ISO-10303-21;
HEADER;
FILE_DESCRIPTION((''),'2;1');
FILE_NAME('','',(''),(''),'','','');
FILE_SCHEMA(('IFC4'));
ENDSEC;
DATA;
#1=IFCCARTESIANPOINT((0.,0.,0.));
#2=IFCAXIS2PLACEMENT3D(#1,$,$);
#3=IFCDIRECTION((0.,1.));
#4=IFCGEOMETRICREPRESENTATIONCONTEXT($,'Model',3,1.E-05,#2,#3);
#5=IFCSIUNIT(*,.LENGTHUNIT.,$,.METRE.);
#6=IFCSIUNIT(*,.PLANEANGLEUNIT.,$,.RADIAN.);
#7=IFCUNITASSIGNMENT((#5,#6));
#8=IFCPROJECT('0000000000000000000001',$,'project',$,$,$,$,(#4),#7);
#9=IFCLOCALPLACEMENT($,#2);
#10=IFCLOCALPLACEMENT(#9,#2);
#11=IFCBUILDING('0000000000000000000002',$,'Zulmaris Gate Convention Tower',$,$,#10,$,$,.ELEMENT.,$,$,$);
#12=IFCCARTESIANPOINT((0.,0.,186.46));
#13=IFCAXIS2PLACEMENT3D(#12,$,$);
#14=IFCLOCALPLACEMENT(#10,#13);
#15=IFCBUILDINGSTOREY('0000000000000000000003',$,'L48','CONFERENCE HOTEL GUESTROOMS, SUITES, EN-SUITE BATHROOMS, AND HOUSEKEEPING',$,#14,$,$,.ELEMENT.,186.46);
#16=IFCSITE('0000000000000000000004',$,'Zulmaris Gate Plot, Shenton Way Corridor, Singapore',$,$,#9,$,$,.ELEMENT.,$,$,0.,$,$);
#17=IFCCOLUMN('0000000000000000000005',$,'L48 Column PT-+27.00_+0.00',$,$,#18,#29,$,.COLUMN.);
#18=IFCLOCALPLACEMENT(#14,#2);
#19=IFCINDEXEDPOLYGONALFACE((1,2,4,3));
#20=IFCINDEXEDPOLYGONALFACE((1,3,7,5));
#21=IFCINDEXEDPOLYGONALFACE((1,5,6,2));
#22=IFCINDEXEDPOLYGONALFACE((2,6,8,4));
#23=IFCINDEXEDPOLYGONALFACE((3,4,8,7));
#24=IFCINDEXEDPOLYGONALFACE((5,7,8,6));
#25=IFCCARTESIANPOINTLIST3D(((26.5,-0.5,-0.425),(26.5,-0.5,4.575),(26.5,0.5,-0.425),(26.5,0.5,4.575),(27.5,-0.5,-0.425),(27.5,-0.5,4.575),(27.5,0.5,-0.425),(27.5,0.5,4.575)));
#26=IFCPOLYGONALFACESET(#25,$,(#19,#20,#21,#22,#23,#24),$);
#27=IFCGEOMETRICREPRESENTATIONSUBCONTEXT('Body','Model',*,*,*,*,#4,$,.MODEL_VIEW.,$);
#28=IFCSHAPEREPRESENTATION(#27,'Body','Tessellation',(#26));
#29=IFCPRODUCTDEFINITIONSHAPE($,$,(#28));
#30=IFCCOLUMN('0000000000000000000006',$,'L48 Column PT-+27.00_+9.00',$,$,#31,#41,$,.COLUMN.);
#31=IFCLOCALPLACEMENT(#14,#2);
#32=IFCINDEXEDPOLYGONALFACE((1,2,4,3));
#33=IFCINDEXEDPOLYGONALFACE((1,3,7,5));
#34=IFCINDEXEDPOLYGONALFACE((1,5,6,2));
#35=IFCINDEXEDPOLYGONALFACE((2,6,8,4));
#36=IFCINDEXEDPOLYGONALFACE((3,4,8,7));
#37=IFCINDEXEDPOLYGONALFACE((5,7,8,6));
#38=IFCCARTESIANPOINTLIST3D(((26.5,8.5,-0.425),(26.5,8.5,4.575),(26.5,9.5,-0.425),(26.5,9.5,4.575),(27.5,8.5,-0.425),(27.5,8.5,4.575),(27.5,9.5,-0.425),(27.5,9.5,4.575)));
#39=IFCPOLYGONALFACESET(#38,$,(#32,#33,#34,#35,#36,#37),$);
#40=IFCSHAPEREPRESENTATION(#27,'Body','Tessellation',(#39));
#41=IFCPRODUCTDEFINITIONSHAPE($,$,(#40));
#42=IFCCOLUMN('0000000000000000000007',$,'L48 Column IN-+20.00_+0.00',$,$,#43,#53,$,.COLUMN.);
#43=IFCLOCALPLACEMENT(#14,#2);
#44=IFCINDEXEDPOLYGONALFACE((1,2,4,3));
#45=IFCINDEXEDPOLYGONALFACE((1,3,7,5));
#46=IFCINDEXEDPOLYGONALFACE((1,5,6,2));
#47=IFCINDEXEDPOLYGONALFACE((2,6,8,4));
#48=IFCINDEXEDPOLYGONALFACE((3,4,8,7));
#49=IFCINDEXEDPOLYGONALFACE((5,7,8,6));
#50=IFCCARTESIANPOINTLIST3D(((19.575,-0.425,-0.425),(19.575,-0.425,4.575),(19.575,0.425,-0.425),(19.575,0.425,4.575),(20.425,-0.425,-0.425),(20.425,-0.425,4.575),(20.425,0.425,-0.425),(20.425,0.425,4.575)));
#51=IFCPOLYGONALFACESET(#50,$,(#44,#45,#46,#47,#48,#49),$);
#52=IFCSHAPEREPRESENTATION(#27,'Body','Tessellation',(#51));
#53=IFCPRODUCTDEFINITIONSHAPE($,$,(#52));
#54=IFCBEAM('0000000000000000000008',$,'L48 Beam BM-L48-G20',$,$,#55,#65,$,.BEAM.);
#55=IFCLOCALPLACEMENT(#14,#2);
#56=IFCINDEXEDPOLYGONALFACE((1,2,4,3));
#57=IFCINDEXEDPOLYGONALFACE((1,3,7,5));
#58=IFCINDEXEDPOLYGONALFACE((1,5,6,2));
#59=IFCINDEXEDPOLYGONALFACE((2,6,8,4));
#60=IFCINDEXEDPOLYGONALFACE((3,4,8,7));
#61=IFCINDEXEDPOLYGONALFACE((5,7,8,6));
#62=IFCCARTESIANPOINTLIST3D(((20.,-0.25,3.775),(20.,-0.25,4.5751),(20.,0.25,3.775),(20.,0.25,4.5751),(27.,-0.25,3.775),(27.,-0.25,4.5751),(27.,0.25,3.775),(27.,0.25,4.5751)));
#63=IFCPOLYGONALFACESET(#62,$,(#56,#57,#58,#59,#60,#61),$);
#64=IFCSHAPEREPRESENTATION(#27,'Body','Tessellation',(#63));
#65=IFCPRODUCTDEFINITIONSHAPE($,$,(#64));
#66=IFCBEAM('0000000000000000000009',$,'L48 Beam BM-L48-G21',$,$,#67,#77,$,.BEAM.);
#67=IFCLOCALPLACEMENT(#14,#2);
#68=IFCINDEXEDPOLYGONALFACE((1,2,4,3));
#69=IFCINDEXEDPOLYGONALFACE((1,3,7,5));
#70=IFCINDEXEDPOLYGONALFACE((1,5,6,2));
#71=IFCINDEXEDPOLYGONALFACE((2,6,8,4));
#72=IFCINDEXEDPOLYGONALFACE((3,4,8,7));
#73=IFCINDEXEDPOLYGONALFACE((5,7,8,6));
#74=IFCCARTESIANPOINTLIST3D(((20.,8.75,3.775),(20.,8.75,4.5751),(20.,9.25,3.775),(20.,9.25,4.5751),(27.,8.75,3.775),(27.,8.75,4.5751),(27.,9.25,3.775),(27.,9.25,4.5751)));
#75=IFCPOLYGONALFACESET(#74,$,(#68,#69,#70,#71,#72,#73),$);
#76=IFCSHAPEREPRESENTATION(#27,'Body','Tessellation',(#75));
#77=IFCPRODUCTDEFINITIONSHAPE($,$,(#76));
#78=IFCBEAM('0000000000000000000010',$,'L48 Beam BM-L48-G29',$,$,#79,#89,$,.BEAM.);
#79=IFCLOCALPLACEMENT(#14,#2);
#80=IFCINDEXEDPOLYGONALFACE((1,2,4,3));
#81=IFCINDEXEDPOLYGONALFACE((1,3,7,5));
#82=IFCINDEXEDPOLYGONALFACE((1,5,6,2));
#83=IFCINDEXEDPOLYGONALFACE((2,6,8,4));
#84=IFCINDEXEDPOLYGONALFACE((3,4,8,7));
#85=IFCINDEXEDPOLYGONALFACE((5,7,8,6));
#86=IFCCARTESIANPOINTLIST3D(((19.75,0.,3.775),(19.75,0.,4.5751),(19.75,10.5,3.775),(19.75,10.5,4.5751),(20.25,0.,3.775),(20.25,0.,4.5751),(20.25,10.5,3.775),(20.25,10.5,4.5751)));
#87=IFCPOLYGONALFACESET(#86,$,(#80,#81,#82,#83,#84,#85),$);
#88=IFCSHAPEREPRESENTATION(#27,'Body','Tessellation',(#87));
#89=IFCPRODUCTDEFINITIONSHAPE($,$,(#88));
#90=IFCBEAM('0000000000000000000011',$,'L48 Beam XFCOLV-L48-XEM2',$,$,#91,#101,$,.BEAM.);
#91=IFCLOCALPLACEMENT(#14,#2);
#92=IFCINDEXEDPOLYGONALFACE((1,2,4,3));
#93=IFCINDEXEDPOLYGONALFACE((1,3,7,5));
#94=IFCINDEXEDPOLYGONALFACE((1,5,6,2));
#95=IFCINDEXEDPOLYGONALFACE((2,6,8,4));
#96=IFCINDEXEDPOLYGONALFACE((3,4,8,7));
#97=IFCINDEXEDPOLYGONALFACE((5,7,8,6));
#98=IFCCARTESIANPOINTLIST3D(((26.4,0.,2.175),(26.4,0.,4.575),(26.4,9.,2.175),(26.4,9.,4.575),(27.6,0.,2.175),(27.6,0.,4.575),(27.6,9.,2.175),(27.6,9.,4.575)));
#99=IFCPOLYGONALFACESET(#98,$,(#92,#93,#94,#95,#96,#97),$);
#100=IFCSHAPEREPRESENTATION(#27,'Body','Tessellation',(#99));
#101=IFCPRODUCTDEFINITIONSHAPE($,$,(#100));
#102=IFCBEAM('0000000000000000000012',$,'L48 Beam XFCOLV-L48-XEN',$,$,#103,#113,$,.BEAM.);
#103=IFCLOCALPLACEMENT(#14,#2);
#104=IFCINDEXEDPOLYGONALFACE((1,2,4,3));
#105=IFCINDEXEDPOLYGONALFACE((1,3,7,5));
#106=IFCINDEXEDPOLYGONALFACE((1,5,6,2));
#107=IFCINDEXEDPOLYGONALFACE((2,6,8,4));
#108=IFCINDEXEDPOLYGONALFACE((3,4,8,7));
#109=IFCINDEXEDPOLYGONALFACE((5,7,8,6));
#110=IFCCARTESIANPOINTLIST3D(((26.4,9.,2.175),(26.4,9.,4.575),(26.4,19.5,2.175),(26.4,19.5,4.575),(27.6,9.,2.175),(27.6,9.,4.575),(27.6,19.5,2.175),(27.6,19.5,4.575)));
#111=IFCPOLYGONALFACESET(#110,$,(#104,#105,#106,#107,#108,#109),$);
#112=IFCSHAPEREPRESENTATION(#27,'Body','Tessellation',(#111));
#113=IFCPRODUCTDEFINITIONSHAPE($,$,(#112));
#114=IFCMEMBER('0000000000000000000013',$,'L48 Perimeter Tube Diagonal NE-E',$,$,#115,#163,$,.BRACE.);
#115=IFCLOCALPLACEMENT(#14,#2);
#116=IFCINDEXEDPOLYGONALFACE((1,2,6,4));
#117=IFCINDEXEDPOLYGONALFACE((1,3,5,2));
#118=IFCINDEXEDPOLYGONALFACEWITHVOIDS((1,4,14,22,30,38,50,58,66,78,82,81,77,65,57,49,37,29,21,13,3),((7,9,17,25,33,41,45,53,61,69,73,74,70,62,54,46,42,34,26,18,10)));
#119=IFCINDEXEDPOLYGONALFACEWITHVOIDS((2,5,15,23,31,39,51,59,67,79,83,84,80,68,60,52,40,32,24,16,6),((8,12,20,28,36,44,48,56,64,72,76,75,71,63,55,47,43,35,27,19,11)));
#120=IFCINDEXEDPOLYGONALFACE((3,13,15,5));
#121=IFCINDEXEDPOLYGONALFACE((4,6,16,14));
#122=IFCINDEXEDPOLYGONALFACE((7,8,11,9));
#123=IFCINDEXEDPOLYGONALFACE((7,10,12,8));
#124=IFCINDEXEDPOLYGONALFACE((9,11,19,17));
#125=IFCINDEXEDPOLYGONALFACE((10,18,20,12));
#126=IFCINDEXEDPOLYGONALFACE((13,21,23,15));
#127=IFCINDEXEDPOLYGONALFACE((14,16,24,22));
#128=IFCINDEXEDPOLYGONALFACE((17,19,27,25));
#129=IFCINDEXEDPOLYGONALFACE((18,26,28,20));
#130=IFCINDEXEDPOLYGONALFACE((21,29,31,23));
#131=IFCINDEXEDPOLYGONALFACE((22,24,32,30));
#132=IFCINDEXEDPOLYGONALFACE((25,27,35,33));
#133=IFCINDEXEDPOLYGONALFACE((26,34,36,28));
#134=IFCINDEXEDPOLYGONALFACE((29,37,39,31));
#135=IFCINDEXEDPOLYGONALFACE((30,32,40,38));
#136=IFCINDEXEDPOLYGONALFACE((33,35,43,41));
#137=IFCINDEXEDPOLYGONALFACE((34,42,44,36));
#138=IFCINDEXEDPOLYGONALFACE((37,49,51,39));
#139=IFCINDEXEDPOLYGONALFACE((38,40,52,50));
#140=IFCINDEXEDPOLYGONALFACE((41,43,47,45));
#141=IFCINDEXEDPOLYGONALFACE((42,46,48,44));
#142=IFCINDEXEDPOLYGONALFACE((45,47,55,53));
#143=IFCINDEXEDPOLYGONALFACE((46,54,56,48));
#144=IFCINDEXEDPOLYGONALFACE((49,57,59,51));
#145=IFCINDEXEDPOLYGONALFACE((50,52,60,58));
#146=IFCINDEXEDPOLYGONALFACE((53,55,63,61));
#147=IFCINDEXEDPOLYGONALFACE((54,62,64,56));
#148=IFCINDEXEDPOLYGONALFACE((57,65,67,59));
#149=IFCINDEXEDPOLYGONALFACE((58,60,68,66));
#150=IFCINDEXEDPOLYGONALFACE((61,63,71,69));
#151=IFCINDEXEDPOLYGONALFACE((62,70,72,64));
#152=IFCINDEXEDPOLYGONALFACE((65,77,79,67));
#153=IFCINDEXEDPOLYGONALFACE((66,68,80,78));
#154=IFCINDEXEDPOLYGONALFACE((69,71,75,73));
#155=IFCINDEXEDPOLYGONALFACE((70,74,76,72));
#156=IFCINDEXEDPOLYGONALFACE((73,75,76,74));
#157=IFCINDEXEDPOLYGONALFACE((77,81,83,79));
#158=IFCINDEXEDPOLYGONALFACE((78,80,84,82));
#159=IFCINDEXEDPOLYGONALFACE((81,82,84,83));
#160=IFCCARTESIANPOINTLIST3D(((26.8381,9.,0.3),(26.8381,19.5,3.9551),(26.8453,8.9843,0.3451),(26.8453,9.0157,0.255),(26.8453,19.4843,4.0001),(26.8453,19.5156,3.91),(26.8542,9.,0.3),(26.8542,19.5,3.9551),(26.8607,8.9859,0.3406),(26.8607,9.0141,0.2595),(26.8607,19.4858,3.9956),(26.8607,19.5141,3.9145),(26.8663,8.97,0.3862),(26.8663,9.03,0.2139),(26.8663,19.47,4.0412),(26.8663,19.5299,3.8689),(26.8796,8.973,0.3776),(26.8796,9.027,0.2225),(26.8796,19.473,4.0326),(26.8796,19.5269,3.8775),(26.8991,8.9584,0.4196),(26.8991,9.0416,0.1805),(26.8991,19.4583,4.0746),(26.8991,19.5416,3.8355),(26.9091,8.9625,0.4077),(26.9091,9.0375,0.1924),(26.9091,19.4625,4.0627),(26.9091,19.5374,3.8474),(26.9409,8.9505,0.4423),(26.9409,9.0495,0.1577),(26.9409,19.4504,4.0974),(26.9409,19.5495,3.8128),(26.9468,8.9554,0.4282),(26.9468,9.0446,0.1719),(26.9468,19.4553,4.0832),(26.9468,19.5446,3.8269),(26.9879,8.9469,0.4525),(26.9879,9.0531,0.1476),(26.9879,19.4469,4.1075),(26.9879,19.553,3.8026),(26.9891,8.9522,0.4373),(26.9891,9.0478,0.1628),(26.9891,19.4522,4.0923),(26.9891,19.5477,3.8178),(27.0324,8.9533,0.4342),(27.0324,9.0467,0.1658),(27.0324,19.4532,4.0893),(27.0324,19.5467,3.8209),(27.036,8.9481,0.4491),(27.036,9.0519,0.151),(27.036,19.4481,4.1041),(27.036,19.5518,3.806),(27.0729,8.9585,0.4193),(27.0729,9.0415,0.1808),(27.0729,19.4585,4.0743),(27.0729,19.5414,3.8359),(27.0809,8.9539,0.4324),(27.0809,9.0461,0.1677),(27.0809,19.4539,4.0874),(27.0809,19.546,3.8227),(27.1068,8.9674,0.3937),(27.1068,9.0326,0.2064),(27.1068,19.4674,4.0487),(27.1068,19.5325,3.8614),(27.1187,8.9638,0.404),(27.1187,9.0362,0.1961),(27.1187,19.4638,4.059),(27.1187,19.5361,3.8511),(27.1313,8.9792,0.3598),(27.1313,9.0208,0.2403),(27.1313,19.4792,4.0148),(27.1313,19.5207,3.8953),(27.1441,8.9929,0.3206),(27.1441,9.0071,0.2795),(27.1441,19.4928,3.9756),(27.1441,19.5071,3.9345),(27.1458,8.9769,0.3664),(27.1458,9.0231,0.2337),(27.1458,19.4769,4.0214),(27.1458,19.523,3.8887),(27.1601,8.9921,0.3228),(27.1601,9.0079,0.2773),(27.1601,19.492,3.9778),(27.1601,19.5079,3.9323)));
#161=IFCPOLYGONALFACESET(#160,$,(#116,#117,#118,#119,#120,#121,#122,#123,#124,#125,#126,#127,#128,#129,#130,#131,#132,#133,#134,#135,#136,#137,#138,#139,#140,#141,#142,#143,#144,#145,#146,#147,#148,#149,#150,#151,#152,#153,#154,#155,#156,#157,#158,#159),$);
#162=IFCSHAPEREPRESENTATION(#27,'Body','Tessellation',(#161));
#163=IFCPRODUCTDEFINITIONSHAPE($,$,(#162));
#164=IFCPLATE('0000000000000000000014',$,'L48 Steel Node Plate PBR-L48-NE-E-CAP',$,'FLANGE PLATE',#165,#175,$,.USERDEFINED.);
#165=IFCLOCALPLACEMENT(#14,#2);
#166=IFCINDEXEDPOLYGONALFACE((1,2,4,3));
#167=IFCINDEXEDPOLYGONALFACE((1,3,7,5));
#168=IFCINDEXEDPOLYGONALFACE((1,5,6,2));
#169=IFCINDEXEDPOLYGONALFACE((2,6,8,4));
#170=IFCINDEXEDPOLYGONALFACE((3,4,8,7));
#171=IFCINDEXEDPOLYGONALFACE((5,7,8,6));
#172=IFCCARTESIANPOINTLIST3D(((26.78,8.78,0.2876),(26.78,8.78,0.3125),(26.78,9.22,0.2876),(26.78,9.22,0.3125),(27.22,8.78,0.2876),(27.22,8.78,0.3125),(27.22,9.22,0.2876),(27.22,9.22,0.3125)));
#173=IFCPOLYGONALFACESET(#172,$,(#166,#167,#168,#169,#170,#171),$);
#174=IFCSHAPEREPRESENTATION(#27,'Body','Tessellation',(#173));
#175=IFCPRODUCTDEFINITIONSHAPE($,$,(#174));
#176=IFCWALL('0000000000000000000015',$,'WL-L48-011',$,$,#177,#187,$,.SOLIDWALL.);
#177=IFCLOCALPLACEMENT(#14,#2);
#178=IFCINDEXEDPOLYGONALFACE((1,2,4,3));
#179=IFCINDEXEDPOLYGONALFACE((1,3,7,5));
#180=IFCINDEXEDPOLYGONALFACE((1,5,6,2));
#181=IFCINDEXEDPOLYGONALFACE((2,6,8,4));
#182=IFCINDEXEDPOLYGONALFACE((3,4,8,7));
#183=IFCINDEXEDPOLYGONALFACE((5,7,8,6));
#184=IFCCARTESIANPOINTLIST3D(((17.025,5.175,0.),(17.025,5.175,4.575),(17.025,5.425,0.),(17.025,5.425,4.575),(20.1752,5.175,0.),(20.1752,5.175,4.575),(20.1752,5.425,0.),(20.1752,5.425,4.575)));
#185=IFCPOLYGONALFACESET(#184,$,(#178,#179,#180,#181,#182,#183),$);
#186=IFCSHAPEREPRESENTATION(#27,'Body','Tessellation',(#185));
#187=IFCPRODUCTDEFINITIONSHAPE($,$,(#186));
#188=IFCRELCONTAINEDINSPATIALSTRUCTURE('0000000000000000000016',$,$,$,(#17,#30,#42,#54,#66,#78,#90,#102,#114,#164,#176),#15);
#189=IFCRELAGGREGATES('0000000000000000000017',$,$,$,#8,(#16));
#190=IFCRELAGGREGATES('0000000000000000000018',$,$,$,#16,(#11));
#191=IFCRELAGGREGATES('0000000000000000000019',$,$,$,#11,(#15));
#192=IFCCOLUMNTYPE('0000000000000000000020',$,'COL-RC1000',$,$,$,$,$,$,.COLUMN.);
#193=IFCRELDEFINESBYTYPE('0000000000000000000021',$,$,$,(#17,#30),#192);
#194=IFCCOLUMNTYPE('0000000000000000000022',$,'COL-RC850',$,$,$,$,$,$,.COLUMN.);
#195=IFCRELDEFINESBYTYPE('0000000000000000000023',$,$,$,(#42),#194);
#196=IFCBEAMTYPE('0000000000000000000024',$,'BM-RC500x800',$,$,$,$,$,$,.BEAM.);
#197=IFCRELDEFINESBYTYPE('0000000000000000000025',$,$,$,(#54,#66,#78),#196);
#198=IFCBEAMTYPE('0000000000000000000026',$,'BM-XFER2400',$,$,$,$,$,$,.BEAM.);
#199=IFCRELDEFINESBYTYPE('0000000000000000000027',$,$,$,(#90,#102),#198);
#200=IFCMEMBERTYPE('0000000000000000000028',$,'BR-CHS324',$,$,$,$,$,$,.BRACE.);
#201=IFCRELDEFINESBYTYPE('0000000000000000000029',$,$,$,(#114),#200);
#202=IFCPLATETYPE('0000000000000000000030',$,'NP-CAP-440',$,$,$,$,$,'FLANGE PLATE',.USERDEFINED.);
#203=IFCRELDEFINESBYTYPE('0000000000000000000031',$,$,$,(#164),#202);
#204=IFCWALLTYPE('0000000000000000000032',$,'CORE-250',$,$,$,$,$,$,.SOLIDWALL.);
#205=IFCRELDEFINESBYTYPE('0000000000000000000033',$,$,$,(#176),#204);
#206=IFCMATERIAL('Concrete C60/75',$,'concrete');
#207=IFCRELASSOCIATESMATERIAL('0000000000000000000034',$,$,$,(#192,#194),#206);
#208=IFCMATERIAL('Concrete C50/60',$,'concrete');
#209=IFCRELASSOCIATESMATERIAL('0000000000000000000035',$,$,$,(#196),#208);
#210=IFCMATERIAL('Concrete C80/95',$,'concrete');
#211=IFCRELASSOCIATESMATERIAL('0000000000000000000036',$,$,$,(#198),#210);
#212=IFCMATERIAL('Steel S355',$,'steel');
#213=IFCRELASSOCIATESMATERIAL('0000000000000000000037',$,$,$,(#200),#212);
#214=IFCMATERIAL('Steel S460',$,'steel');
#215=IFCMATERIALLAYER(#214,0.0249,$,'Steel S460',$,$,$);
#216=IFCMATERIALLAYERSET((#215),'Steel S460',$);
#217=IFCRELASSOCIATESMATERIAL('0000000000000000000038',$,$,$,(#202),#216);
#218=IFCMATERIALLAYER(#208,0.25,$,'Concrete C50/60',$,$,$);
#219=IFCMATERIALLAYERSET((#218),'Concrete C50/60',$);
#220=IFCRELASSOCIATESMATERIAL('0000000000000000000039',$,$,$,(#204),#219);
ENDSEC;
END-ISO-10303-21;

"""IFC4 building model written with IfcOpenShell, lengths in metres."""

from ifc_helpers import new_model, si_unit, direction, frame, frame_2d, origin, origin_2d, place, context, subcontext, project, spatial, rectangle, hollow_circle, extrude, material, layer, layer_set, material_profile, profile_set, type_object, element, save


model = new_model("IFC4")

# Units and contexts
model_context = context("Model", 3, precision=1e-05, world=origin(), true_north=direction((0.0, 1.0)))
body_context = subcontext(model_context, "Body", "Model", "MODEL_VIEW")
ifc_project = project(units=[si_unit("LENGTHUNIT", "METRE"), si_unit("PLANEANGLEUNIT", "RADIAN")], contexts=[model_context])

# Site, building, storey
site_placement = place(None, origin())
site = spatial("IfcSite", under=ifc_project, at=site_placement, Name="Zulmaris Gate Plot, Shenton Way Corridor, Singapore", CompositionType="ELEMENT", RefElevation=0.0)
building_placement = place(site_placement, origin())
building = spatial("IfcBuilding", under=site, at=building_placement, Name="Zulmaris Gate Convention Tower", CompositionType="ELEMENT")
storey_placement = place(building_placement, frame((0.0, 0.0, 186.46)))
storey = spatial("IfcBuildingStorey", under=building, at=storey_placement, Name="L48", Description="CONFERENCE HOTEL GUESTROOMS, SUITES, EN-SUITE BATHROOMS, AND HOUSEKEEPING", CompositionType="ELEMENT", Elevation=186.46)

# Columns
ifc_material_1 = material(Name="Concrete C60/75", Category="concrete")
ifc_material_profile_1 = material_profile(ifc_material_1, rectangle(XDim=1.0, YDim=1.0, at=origin_2d()), Name="RC COL 1000x1000")
ifc_profile_set_1 = profile_set([ifc_material_profile_1], Name="Concrete C60/75")
column_type_1 = type_object("IfcColumnType", Name="COL-RC1000", PredefinedType="COLUMN", material=ifc_profile_set_1)
for number, where, z_axis, x_axis, name in (
    (1, (27.0, 0.0, -0.425), (0.0, 0.0, 1.0), (1.0, 0.0, 0.0), "L48 Column PT-+27.00_+0.00"),
    (2, (27.0, 9.0, -0.425), (0.0, 0.0, 1.0), (1.0, 0.0, 0.0), "L48 Column PT-+27.00_+9.00"),
):
    element("IfcColumn", number, at=place(storey_placement, frame(where, z_axis=z_axis, x_axis=x_axis)), inside=storey, type_object=column_type_1, Name=name, PredefinedType="COLUMN", context=body_context, shape_type="SweptSolid", body=[
        extrude(rectangle(XDim=1.0, YDim=1.0, at=origin_2d()), origin(), (0.0, 0.0, 1.0), 5.0),
    ])
ifc_material_profile_2 = material_profile(ifc_material_1, rectangle(XDim=0.8501, YDim=0.8501, at=origin_2d()), Name="RC COL 850x850")
ifc_profile_set_2 = profile_set([ifc_material_profile_2], Name="Concrete C60/75")
column_type_2 = type_object("IfcColumnType", Name="COL-RC850", PredefinedType="COLUMN", material=ifc_profile_set_2)
column_placement = place(storey_placement, frame((20.0, 0.0, -0.425), z_axis=(0.0, 0.0, 1.0), x_axis=(1.0, 0.0, 0.0)))
element("IfcColumn", 3, at=column_placement, inside=storey, type_object=column_type_2, Name="L48 Column IN-+20.00_+0.00", PredefinedType="COLUMN", context=body_context, shape_type="SweptSolid", body=[
    extrude(rectangle(XDim=0.8501, YDim=0.8501, at=origin_2d()), origin(), (0.0, 0.0, 1.0), 5.0),
])

# Beams
ifc_material_2 = material(Name="Concrete C50/60", Category="concrete")
ifc_material_profile_3 = material_profile(ifc_material_2, rectangle(XDim=0.5, YDim=0.8, at=origin_2d()), Name="RC BEAM 500x800")
ifc_profile_set_3 = profile_set([ifc_material_profile_3], Name="Concrete C50/60")
beam_type_1 = type_object("IfcBeamType", Name="BM-RC500x800", PredefinedType="BEAM", material=ifc_profile_set_3)
for number, where, z_axis, x_axis, name in (
    (4, (20.0, 0.0, 4.175), (1.0, 0.0, 0.0), (0.0, 1.0, 0.0), "L48 Beam BM-L48-G20"),
    (5, (20.0, 9.0, 4.175), (1.0, 0.0, 0.0), (0.0, 1.0, 0.0), "L48 Beam BM-L48-G21"),
):
    element("IfcBeam", number, at=place(storey_placement, frame(where, z_axis=z_axis, x_axis=x_axis)), inside=storey, type_object=beam_type_1, Name=name, PredefinedType="BEAM", context=body_context, shape_type="SweptSolid", body=[
        extrude(rectangle(XDim=0.5, YDim=0.8, at=origin_2d()), origin(), (0.0, 0.0, 1.0), 7.0),
    ])
beam_1_placement = place(storey_placement, frame((20.0, 0.0, 4.175), z_axis=(0.0, 1.0, 0.0), x_axis=(-1.0, 0.0, 0.0)))
element("IfcBeam", 6, at=beam_1_placement, inside=storey, type_object=beam_type_1, Name="L48 Beam BM-L48-G29", PredefinedType="BEAM", context=body_context, shape_type="SweptSolid", body=[
    extrude(rectangle(XDim=0.5, YDim=0.8, at=origin_2d()), origin(), (0.0, 0.0, 1.0), 10.5),
])
ifc_material_3 = material(Name="Concrete C80/95", Category="concrete")
ifc_material_profile_4 = material_profile(ifc_material_3, rectangle(XDim=1.2, YDim=2.3999, at=origin_2d()), Name="RC TRANSFER 1200x2400")
ifc_profile_set_4 = profile_set([ifc_material_profile_4], Name="Concrete C80/95")
beam_type_2 = type_object("IfcBeamType", Name="BM-XFER2400", PredefinedType="BEAM", material=ifc_profile_set_4)
beam_2_placement = place(storey_placement, frame((27.0, 0.0, 3.375), z_axis=(0.0, 1.0, 0.0), x_axis=(-1.0, 0.0, 0.0)))
element("IfcBeam", 7, at=beam_2_placement, inside=storey, type_object=beam_type_2, Name="L48 Beam XFCOLV-L48-XEM2", PredefinedType="BEAM", context=body_context, shape_type="SweptSolid", body=[
    extrude(rectangle(XDim=1.2, YDim=2.3999, at=origin_2d()), origin(), (0.0, 0.0, 1.0), 9.0),
])
beam_3_placement = place(storey_placement, frame((27.0, 9.0, 3.375), z_axis=(0.0, 1.0, 0.0), x_axis=(-1.0, 0.0, 0.0)))
element("IfcBeam", 8, at=beam_3_placement, inside=storey, type_object=beam_type_2, Name="L48 Beam XFCOLV-L48-XEN", PredefinedType="BEAM", context=body_context, shape_type="SweptSolid", body=[
    extrude(rectangle(XDim=1.2, YDim=2.3999, at=origin_2d()), origin(), (0.0, 0.0, 1.0), 10.5),
])

# Member
ifc_material_4 = material(Name="Steel S355", Category="steel")
ifc_material_profile_5 = material_profile(ifc_material_4, hollow_circle(Radius=0.1619, WallThickness=0.0161, at=origin_2d()), Name="CHS 323.9x16")
ifc_profile_set_5 = profile_set([ifc_material_profile_5], Name="Steel S355")
member_type = type_object("IfcMemberType", Name="BR-CHS324", PredefinedType="BRACE", material=ifc_profile_set_5)
member_placement = place(storey_placement, frame((27.0, 9.0, 0.3), z_axis=(0.0, 0.944417, 0.32875), x_axis=(-1.0, 0.0, 0.0)))
element("IfcMember", 9, at=member_placement, inside=storey, type_object=member_type, Name="L48 Perimeter Tube Diagonal NE-E", PredefinedType="BRACE", context=body_context, shape_type="SweptSolid", body=[
    extrude(hollow_circle(Radius=0.1619, WallThickness=0.0161, at=origin_2d()), origin(), (0.0, 0.0, 1.0), 11.1179),
])

# Plate
ifc_material_5 = material(Name="Steel S460", Category="steel")
ifc_layer_1 = layer(ifc_material_5, 0.0249, Name="Steel S460")
ifc_layer_set_1 = layer_set([ifc_layer_1], Name="Steel S460")
plate_type = type_object("IfcPlateType", Name="NP-CAP-440", ElementType="FLANGE PLATE", PredefinedType="USERDEFINED", material=ifc_layer_set_1)
plate_placement = place(storey_placement, frame((27.0, 9.0, 0.2876), z_axis=(0.0, 0.0, 1.0), x_axis=(1.0, 0.0, 0.0)))
element("IfcPlate", 10, at=plate_placement, inside=storey, type_object=plate_type, Name="L48 Steel Node Plate PBR-L48-NE-E-CAP", ObjectType="FLANGE PLATE", PredefinedType="USERDEFINED", context=body_context, shape_type="SweptSolid", body=[
    extrude(rectangle(XDim=0.4399, YDim=0.4399, at=origin_2d()), origin(), (0.0, 0.0, 1.0), 0.0249),
])

# Wall
ifc_layer_2 = layer(ifc_material_2, 0.25, Name="Concrete C50/60")
ifc_layer_set_2 = layer_set([ifc_layer_2], Name="Concrete C50/60")
wall_type_1 = type_object("IfcWallType", Name="CORE-250", PredefinedType="SOLIDWALL", material=ifc_layer_set_2)
for number, where, z_axis, x_axis, name in (
    (11, (17.0249, 5.3, 0.0), (0.0, 0.0, 1.0), (1.0, 0.0, 0.0), "WL-L48-011"),
):
    element("IfcWall", number, at=place(storey_placement, frame(where, z_axis=z_axis, x_axis=x_axis)), inside=storey, type_object=wall_type_1, Name=name, PredefinedType="SOLIDWALL", context=body_context, shape_type="SweptSolid", body=[
        extrude(rectangle(XDim=3.1501, YDim=0.25, at=frame_2d((1.5752, 0.0))), origin(), (0.0, 0.0, 1.0), 4.575),
    ])

save(model, "model.ifc")
